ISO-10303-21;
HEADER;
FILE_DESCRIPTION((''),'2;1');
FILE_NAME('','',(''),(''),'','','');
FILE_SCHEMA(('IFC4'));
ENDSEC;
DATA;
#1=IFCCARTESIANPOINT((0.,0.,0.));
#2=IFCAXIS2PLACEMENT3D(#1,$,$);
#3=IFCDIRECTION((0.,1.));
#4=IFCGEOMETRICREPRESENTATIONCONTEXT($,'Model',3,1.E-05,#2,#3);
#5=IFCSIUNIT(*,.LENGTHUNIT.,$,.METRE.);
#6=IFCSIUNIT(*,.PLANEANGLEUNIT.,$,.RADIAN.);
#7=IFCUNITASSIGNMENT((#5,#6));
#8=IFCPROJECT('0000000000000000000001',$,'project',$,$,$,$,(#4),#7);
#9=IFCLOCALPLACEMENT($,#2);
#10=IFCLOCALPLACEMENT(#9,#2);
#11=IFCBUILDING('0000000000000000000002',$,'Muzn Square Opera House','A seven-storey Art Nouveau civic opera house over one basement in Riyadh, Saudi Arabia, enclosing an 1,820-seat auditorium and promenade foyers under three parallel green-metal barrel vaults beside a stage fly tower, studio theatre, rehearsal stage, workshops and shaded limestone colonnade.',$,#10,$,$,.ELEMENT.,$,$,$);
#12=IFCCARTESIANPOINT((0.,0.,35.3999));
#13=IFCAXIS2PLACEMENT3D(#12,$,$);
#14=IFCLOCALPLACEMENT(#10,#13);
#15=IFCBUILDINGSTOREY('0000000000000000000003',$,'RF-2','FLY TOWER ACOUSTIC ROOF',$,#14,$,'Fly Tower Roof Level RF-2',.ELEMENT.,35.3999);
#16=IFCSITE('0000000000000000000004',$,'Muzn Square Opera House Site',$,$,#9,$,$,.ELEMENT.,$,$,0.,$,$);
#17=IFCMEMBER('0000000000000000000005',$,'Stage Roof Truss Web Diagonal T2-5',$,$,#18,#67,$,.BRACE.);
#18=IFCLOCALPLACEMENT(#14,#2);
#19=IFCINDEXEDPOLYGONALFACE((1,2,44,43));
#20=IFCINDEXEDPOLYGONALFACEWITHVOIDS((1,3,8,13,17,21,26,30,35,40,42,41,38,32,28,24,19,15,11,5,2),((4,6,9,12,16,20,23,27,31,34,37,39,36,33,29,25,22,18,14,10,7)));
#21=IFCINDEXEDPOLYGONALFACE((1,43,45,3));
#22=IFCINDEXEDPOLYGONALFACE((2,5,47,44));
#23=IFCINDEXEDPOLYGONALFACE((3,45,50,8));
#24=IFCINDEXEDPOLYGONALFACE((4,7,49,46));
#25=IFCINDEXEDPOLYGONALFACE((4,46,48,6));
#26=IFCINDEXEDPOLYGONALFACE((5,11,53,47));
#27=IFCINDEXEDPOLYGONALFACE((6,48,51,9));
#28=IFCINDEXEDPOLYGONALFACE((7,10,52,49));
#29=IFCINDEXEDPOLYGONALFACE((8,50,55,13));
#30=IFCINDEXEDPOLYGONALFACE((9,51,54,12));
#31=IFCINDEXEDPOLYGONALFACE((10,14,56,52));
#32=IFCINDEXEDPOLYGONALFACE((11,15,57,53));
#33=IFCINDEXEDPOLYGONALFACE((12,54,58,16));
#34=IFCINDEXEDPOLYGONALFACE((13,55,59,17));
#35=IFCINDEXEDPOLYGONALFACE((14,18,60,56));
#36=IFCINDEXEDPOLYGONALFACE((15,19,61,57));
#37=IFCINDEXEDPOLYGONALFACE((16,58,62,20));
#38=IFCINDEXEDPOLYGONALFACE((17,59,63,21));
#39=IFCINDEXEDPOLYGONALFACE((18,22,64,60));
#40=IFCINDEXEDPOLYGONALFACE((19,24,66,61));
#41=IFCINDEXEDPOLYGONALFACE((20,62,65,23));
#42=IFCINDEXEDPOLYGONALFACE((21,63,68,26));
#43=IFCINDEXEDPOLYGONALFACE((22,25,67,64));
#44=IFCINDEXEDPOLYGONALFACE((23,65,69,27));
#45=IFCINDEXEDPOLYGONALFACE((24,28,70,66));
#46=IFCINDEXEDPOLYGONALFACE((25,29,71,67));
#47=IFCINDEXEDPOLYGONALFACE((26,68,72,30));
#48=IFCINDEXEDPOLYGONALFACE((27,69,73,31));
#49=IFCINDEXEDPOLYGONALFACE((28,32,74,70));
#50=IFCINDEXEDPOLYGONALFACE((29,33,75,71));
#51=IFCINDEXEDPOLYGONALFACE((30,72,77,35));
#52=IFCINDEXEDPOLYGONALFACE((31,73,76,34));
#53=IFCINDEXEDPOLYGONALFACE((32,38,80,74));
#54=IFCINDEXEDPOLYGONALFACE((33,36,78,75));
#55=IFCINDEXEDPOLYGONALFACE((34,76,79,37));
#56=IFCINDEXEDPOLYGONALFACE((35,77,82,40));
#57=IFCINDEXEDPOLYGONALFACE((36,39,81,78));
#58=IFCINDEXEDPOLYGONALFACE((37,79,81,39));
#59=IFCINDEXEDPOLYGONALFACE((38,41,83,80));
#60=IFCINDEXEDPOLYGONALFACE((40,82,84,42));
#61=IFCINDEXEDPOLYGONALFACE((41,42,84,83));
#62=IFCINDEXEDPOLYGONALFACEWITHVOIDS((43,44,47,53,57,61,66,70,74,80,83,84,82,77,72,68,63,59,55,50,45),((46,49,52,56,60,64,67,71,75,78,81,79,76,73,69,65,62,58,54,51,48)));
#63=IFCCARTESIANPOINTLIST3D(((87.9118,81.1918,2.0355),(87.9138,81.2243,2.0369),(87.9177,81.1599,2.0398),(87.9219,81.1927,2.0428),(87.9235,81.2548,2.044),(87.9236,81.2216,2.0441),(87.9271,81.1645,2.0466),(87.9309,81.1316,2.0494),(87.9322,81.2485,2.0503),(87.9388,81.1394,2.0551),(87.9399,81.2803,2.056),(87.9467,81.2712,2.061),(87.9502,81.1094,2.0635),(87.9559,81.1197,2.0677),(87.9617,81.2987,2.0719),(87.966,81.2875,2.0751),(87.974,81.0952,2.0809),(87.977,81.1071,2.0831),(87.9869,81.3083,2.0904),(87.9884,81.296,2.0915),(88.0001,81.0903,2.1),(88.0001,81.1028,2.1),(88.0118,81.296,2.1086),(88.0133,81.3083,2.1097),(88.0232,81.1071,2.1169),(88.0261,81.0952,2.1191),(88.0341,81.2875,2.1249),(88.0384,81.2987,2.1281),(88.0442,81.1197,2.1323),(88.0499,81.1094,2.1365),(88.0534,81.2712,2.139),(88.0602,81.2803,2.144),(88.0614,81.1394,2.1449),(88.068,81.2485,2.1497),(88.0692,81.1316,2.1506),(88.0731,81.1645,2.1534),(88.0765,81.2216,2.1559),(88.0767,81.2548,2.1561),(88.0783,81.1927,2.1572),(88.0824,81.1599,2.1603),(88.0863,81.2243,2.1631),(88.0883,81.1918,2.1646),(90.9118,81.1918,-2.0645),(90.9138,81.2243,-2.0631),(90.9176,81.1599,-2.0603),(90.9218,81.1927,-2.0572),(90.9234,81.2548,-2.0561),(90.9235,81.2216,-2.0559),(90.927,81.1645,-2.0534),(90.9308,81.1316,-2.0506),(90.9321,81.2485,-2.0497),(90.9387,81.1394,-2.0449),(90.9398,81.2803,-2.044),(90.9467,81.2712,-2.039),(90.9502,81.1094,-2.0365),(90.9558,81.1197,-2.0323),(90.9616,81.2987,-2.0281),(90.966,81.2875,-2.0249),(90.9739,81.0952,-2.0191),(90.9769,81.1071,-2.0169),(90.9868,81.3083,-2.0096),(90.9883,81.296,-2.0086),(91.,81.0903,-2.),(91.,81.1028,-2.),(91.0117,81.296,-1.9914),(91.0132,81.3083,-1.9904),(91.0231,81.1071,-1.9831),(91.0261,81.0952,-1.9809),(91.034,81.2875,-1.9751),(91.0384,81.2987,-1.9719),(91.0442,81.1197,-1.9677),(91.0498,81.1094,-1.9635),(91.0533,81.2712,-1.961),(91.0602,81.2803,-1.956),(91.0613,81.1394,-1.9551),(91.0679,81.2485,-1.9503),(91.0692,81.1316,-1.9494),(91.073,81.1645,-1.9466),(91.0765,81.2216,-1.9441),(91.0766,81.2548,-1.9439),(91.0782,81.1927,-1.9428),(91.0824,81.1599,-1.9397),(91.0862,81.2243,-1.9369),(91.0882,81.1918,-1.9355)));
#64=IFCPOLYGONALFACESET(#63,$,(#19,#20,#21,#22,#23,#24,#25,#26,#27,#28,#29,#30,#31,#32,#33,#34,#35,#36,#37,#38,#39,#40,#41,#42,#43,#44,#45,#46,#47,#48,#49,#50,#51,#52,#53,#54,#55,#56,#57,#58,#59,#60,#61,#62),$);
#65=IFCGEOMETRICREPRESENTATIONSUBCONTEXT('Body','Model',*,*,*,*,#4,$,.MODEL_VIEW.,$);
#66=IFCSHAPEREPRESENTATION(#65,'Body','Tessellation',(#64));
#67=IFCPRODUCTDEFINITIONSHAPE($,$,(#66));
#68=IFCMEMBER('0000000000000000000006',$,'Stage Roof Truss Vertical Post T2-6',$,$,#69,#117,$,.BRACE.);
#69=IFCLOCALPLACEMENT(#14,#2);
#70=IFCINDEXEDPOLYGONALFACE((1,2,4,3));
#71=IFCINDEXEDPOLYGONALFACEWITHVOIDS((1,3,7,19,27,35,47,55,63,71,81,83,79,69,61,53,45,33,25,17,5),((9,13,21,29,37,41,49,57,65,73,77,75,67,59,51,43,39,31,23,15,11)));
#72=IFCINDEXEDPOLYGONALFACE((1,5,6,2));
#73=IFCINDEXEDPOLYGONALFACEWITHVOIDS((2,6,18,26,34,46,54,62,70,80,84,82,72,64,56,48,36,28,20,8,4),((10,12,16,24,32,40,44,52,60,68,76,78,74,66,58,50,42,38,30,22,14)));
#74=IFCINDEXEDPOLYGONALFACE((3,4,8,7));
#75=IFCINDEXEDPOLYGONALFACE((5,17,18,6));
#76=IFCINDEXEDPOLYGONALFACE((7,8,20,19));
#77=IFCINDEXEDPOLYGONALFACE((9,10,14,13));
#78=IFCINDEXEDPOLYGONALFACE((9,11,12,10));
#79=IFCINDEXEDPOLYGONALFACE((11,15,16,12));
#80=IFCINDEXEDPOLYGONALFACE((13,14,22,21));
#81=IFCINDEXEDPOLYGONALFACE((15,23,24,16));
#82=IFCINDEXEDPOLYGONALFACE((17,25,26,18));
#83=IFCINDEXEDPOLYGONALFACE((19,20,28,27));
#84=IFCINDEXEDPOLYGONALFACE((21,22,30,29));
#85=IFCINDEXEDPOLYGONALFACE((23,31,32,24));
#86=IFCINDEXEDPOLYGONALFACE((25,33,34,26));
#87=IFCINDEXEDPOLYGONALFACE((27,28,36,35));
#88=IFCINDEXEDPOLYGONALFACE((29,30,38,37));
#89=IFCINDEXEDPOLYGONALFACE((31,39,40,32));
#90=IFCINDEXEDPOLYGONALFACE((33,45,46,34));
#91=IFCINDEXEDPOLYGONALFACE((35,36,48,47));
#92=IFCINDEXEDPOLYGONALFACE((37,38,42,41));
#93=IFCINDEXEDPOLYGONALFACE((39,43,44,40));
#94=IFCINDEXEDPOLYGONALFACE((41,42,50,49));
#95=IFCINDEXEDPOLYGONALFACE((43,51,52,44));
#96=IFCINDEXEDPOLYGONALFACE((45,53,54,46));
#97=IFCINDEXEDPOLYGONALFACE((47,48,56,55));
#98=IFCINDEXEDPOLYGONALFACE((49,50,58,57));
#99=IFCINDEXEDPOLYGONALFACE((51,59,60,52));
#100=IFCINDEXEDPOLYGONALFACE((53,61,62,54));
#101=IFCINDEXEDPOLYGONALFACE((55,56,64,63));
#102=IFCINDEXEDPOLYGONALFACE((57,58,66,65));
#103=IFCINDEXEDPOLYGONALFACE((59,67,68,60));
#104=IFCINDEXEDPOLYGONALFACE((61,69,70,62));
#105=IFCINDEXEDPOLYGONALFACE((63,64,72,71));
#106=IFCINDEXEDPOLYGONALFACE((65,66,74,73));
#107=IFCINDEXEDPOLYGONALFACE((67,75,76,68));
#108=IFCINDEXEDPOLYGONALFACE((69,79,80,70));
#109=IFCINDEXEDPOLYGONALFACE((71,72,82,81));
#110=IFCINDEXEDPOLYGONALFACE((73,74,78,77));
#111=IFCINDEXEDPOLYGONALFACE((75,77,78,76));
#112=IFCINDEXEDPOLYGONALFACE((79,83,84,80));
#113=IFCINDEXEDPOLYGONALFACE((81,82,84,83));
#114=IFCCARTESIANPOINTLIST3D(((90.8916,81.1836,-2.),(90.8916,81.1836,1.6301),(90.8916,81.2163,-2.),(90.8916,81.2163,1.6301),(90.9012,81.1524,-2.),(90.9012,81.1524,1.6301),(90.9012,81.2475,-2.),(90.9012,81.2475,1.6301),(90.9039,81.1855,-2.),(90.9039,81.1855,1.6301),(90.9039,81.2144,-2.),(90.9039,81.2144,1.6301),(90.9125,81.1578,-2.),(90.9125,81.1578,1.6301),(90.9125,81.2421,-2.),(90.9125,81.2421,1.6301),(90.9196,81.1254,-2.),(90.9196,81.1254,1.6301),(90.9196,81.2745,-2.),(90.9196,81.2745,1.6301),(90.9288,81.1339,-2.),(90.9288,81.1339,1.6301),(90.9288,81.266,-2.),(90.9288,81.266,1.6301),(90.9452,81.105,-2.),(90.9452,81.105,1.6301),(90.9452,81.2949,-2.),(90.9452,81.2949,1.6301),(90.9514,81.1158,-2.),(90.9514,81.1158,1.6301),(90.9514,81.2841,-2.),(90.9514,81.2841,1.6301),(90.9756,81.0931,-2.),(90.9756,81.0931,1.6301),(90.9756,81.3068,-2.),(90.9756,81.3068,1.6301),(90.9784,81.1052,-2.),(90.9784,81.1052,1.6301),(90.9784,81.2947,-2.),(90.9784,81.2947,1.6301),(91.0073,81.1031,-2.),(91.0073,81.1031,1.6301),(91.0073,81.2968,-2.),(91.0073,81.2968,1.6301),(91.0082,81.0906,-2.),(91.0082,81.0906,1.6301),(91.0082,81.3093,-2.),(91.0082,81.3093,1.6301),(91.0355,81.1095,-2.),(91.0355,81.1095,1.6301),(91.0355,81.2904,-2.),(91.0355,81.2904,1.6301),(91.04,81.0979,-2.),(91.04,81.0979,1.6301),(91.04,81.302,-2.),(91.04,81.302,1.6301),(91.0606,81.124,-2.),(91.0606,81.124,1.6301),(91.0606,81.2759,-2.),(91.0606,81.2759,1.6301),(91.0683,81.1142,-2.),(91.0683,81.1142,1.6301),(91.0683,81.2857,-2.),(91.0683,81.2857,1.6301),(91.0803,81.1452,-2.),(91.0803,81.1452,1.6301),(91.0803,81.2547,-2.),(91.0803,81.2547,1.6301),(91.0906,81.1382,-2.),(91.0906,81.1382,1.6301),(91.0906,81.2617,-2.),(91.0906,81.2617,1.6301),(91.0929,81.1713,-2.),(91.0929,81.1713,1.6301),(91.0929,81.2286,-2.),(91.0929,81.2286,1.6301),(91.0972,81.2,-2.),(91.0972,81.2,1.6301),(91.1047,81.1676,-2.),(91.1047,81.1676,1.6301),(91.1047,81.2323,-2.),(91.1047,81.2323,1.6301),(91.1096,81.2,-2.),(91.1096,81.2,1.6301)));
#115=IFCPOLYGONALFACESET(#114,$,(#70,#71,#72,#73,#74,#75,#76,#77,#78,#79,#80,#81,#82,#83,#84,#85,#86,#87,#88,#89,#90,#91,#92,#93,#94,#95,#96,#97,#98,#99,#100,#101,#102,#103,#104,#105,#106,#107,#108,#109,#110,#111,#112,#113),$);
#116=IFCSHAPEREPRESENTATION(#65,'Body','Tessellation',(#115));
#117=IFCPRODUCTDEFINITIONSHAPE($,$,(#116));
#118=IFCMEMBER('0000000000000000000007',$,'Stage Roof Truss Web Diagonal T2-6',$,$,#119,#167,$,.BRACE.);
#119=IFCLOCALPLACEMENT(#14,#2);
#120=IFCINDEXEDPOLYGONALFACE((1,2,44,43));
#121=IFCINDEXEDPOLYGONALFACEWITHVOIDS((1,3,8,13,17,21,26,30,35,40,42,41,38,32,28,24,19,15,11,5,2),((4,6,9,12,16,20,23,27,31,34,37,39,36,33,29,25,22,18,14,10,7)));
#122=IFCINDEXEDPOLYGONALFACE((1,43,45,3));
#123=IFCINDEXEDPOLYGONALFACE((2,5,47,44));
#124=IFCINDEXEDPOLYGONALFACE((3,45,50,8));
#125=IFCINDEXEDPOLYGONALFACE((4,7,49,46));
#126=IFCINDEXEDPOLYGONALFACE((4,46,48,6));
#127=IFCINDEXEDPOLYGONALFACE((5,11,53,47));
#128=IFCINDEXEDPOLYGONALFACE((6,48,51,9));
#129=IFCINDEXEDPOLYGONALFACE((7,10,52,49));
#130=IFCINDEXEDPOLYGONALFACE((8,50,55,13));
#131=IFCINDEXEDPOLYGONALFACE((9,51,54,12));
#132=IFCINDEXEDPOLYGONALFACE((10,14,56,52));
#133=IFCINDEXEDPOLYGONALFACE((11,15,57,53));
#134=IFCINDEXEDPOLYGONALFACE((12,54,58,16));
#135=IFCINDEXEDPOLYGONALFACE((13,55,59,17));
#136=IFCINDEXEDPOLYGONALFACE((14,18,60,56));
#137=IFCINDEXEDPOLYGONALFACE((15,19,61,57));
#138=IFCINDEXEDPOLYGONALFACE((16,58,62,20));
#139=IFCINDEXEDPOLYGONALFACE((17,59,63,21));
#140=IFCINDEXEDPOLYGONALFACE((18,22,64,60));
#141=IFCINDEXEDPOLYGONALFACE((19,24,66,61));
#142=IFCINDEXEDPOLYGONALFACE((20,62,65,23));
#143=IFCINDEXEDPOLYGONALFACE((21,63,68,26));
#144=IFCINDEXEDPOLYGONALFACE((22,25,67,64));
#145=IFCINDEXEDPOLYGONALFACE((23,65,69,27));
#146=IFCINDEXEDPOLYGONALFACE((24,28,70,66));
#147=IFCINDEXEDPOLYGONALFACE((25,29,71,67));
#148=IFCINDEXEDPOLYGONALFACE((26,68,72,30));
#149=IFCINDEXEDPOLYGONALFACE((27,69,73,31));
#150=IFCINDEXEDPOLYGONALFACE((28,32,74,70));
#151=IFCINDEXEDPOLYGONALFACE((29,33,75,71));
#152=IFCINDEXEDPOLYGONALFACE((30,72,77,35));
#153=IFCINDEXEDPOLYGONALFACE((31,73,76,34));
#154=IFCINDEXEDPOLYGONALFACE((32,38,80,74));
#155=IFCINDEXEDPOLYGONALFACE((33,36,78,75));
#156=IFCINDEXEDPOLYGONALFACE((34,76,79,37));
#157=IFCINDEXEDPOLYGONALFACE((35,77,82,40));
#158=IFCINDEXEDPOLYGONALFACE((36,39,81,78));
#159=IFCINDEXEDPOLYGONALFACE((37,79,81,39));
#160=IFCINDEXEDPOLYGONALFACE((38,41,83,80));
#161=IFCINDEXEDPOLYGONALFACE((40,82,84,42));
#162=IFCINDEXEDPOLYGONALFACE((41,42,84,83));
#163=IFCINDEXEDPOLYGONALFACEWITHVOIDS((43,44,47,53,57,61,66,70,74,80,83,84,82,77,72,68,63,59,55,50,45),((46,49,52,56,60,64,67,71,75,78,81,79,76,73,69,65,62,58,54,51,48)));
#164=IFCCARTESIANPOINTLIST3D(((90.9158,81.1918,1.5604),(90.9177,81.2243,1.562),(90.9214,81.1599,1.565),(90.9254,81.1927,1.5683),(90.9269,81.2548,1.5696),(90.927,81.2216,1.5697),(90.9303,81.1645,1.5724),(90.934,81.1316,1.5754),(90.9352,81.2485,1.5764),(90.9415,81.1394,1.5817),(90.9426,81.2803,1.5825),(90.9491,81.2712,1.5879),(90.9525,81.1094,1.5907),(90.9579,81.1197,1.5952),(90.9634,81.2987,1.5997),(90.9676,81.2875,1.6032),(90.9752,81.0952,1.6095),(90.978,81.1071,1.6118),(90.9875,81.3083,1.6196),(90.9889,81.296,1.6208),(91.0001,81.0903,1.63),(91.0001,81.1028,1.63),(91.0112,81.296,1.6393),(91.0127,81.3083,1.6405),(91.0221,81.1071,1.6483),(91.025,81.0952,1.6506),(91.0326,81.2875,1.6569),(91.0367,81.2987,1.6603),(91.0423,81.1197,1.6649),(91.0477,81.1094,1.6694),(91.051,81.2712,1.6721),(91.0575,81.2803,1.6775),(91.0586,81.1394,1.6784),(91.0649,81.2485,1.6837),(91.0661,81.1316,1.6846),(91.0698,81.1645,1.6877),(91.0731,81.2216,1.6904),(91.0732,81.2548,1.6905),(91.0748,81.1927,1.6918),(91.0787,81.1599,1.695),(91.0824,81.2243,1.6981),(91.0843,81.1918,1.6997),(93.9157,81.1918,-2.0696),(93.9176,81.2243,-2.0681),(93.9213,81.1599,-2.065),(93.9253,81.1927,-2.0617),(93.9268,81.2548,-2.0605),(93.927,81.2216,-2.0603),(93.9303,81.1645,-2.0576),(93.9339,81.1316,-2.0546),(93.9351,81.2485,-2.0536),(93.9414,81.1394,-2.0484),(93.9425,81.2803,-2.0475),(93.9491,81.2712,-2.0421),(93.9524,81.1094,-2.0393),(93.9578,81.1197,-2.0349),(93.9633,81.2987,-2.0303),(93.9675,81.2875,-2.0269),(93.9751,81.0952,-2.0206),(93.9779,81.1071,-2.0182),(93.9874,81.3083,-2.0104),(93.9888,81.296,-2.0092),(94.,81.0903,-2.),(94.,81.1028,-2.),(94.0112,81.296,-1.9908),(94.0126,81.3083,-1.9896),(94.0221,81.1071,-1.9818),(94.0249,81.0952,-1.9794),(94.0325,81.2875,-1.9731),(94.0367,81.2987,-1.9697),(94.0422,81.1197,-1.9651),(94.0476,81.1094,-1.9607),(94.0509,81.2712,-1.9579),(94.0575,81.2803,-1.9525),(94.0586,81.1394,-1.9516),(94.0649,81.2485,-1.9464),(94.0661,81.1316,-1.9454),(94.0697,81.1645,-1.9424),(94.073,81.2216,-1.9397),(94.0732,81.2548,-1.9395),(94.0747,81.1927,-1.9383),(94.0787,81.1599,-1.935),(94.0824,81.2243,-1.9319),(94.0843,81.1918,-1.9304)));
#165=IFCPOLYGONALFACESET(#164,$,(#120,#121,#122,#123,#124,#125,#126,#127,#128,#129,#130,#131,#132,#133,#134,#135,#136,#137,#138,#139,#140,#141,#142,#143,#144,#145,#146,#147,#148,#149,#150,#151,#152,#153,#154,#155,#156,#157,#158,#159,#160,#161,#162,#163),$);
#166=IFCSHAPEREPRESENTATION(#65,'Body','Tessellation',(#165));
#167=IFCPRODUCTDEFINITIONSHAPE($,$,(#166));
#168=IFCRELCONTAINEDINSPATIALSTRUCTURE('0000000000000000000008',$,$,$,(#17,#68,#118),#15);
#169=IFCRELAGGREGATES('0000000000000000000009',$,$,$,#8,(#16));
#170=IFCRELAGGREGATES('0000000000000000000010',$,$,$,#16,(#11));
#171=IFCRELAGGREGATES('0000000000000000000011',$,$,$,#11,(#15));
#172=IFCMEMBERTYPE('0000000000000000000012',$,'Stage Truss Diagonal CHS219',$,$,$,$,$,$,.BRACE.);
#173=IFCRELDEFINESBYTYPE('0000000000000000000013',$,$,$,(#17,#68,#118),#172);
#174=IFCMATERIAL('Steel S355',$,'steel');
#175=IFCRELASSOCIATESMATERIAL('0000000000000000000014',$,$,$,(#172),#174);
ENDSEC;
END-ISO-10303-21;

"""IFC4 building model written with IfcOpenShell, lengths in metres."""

from ifc_helpers import new_model, si_unit, direction, frame, origin, origin_2d, place, context, subcontext, project, spatial, hollow_circle, extrude, material, material_profile, profile_set, type_object, element, save


model = new_model("IFC4")

# Units and contexts
model_context = context("Model", 3, precision=1e-05, world=origin(), true_north=direction((0.0, 1.0)))
body_context = subcontext(model_context, "Body", "Model", "MODEL_VIEW")
ifc_project = project(units=[si_unit("LENGTHUNIT", "METRE"), si_unit("PLANEANGLEUNIT", "RADIAN")], contexts=[model_context])

# Site, building, storey
site_placement = place(None, origin())
site = spatial("IfcSite", under=ifc_project, at=site_placement, Name="Muzn Square Opera House Site", CompositionType="ELEMENT", RefElevation=0.0)
building_placement = place(site_placement, origin())
building = spatial("IfcBuilding", under=site, at=building_placement, Name="Muzn Square Opera House", Description="A seven-storey Art Nouveau civic opera house over one basement in Riyadh, Saudi Arabia, enclosing an 1,820-seat auditorium and promenade foyers under three parallel green-metal barrel vaults beside a stage fly tower, studio theatre, rehearsal stage, workshops and shaded limestone colonnade.", CompositionType="ELEMENT")
storey_placement = place(building_placement, frame((0.0, 0.0, 35.3999)))
storey = spatial("IfcBuildingStorey", under=building, at=storey_placement, Name="RF-2", Description="FLY TOWER ACOUSTIC ROOF", LongName="Fly Tower Roof Level RF-2", CompositionType="ELEMENT", Elevation=35.3999)

# Members
ifc_material_1 = material(Name="Steel S355", Category="steel")
ifc_material_profile_1 = material_profile(ifc_material_1, hollow_circle(Radius=0.1096, WallThickness=0.0125, at=origin_2d()), Name="CHS 219.1x12.5", Category="steel")
ifc_profile_set_1 = profile_set([ifc_material_profile_1], Name="Steel S355")
member_type_1 = type_object("IfcMemberType", Name="Stage Truss Diagonal CHS219", PredefinedType="BRACE", material=ifc_profile_set_1)
member_1_placement = place(storey_placement, frame((91.0, 81.2, -2.0), z_axis=(-0.590501, 0.0, 0.807037), x_axis=(0.0, -1.0, 0.0)))
element("IfcMember", 1, at=member_1_placement, inside=storey, type_object=member_type_1, Name="Stage Roof Truss Web Diagonal T2-5", PredefinedType="BRACE", context=body_context, shape_type="SweptSolid", body=[
    extrude(hollow_circle(Radius=0.1096, WallThickness=0.0125, at=origin_2d()), origin(), (0.0, 0.0, 1.0), 5.0803),
])
member_2_placement = place(storey_placement, frame((91.0, 81.2, -2.0), z_axis=(0.0, 0.0, 1.0), x_axis=(1.0, 0.0, 0.0)))
element("IfcMember", 2, at=member_2_placement, inside=storey, type_object=member_type_1, Name="Stage Roof Truss Vertical Post T2-6", PredefinedType="BRACE", context=body_context, shape_type="SweptSolid", body=[
    extrude(hollow_circle(Radius=0.1096, WallThickness=0.0125, at=origin_2d()), origin(), (0.0, 0.0, 1.0), 3.6301),
])
member_3_placement = place(storey_placement, frame((94.0, 81.2, -2.0), z_axis=(-0.637033, 0.0, 0.770837), x_axis=(0.0, -1.0, 0.0)))
element("IfcMember", 3, at=member_3_placement, inside=storey, type_object=member_type_1, Name="Stage Roof Truss Web Diagonal T2-6", PredefinedType="BRACE", context=body_context, shape_type="SweptSolid", body=[
    extrude(hollow_circle(Radius=0.1096, WallThickness=0.0125, at=origin_2d()), origin(), (0.0, 0.0, 1.0), 4.7092),
])

save(model, "model.ifc")
